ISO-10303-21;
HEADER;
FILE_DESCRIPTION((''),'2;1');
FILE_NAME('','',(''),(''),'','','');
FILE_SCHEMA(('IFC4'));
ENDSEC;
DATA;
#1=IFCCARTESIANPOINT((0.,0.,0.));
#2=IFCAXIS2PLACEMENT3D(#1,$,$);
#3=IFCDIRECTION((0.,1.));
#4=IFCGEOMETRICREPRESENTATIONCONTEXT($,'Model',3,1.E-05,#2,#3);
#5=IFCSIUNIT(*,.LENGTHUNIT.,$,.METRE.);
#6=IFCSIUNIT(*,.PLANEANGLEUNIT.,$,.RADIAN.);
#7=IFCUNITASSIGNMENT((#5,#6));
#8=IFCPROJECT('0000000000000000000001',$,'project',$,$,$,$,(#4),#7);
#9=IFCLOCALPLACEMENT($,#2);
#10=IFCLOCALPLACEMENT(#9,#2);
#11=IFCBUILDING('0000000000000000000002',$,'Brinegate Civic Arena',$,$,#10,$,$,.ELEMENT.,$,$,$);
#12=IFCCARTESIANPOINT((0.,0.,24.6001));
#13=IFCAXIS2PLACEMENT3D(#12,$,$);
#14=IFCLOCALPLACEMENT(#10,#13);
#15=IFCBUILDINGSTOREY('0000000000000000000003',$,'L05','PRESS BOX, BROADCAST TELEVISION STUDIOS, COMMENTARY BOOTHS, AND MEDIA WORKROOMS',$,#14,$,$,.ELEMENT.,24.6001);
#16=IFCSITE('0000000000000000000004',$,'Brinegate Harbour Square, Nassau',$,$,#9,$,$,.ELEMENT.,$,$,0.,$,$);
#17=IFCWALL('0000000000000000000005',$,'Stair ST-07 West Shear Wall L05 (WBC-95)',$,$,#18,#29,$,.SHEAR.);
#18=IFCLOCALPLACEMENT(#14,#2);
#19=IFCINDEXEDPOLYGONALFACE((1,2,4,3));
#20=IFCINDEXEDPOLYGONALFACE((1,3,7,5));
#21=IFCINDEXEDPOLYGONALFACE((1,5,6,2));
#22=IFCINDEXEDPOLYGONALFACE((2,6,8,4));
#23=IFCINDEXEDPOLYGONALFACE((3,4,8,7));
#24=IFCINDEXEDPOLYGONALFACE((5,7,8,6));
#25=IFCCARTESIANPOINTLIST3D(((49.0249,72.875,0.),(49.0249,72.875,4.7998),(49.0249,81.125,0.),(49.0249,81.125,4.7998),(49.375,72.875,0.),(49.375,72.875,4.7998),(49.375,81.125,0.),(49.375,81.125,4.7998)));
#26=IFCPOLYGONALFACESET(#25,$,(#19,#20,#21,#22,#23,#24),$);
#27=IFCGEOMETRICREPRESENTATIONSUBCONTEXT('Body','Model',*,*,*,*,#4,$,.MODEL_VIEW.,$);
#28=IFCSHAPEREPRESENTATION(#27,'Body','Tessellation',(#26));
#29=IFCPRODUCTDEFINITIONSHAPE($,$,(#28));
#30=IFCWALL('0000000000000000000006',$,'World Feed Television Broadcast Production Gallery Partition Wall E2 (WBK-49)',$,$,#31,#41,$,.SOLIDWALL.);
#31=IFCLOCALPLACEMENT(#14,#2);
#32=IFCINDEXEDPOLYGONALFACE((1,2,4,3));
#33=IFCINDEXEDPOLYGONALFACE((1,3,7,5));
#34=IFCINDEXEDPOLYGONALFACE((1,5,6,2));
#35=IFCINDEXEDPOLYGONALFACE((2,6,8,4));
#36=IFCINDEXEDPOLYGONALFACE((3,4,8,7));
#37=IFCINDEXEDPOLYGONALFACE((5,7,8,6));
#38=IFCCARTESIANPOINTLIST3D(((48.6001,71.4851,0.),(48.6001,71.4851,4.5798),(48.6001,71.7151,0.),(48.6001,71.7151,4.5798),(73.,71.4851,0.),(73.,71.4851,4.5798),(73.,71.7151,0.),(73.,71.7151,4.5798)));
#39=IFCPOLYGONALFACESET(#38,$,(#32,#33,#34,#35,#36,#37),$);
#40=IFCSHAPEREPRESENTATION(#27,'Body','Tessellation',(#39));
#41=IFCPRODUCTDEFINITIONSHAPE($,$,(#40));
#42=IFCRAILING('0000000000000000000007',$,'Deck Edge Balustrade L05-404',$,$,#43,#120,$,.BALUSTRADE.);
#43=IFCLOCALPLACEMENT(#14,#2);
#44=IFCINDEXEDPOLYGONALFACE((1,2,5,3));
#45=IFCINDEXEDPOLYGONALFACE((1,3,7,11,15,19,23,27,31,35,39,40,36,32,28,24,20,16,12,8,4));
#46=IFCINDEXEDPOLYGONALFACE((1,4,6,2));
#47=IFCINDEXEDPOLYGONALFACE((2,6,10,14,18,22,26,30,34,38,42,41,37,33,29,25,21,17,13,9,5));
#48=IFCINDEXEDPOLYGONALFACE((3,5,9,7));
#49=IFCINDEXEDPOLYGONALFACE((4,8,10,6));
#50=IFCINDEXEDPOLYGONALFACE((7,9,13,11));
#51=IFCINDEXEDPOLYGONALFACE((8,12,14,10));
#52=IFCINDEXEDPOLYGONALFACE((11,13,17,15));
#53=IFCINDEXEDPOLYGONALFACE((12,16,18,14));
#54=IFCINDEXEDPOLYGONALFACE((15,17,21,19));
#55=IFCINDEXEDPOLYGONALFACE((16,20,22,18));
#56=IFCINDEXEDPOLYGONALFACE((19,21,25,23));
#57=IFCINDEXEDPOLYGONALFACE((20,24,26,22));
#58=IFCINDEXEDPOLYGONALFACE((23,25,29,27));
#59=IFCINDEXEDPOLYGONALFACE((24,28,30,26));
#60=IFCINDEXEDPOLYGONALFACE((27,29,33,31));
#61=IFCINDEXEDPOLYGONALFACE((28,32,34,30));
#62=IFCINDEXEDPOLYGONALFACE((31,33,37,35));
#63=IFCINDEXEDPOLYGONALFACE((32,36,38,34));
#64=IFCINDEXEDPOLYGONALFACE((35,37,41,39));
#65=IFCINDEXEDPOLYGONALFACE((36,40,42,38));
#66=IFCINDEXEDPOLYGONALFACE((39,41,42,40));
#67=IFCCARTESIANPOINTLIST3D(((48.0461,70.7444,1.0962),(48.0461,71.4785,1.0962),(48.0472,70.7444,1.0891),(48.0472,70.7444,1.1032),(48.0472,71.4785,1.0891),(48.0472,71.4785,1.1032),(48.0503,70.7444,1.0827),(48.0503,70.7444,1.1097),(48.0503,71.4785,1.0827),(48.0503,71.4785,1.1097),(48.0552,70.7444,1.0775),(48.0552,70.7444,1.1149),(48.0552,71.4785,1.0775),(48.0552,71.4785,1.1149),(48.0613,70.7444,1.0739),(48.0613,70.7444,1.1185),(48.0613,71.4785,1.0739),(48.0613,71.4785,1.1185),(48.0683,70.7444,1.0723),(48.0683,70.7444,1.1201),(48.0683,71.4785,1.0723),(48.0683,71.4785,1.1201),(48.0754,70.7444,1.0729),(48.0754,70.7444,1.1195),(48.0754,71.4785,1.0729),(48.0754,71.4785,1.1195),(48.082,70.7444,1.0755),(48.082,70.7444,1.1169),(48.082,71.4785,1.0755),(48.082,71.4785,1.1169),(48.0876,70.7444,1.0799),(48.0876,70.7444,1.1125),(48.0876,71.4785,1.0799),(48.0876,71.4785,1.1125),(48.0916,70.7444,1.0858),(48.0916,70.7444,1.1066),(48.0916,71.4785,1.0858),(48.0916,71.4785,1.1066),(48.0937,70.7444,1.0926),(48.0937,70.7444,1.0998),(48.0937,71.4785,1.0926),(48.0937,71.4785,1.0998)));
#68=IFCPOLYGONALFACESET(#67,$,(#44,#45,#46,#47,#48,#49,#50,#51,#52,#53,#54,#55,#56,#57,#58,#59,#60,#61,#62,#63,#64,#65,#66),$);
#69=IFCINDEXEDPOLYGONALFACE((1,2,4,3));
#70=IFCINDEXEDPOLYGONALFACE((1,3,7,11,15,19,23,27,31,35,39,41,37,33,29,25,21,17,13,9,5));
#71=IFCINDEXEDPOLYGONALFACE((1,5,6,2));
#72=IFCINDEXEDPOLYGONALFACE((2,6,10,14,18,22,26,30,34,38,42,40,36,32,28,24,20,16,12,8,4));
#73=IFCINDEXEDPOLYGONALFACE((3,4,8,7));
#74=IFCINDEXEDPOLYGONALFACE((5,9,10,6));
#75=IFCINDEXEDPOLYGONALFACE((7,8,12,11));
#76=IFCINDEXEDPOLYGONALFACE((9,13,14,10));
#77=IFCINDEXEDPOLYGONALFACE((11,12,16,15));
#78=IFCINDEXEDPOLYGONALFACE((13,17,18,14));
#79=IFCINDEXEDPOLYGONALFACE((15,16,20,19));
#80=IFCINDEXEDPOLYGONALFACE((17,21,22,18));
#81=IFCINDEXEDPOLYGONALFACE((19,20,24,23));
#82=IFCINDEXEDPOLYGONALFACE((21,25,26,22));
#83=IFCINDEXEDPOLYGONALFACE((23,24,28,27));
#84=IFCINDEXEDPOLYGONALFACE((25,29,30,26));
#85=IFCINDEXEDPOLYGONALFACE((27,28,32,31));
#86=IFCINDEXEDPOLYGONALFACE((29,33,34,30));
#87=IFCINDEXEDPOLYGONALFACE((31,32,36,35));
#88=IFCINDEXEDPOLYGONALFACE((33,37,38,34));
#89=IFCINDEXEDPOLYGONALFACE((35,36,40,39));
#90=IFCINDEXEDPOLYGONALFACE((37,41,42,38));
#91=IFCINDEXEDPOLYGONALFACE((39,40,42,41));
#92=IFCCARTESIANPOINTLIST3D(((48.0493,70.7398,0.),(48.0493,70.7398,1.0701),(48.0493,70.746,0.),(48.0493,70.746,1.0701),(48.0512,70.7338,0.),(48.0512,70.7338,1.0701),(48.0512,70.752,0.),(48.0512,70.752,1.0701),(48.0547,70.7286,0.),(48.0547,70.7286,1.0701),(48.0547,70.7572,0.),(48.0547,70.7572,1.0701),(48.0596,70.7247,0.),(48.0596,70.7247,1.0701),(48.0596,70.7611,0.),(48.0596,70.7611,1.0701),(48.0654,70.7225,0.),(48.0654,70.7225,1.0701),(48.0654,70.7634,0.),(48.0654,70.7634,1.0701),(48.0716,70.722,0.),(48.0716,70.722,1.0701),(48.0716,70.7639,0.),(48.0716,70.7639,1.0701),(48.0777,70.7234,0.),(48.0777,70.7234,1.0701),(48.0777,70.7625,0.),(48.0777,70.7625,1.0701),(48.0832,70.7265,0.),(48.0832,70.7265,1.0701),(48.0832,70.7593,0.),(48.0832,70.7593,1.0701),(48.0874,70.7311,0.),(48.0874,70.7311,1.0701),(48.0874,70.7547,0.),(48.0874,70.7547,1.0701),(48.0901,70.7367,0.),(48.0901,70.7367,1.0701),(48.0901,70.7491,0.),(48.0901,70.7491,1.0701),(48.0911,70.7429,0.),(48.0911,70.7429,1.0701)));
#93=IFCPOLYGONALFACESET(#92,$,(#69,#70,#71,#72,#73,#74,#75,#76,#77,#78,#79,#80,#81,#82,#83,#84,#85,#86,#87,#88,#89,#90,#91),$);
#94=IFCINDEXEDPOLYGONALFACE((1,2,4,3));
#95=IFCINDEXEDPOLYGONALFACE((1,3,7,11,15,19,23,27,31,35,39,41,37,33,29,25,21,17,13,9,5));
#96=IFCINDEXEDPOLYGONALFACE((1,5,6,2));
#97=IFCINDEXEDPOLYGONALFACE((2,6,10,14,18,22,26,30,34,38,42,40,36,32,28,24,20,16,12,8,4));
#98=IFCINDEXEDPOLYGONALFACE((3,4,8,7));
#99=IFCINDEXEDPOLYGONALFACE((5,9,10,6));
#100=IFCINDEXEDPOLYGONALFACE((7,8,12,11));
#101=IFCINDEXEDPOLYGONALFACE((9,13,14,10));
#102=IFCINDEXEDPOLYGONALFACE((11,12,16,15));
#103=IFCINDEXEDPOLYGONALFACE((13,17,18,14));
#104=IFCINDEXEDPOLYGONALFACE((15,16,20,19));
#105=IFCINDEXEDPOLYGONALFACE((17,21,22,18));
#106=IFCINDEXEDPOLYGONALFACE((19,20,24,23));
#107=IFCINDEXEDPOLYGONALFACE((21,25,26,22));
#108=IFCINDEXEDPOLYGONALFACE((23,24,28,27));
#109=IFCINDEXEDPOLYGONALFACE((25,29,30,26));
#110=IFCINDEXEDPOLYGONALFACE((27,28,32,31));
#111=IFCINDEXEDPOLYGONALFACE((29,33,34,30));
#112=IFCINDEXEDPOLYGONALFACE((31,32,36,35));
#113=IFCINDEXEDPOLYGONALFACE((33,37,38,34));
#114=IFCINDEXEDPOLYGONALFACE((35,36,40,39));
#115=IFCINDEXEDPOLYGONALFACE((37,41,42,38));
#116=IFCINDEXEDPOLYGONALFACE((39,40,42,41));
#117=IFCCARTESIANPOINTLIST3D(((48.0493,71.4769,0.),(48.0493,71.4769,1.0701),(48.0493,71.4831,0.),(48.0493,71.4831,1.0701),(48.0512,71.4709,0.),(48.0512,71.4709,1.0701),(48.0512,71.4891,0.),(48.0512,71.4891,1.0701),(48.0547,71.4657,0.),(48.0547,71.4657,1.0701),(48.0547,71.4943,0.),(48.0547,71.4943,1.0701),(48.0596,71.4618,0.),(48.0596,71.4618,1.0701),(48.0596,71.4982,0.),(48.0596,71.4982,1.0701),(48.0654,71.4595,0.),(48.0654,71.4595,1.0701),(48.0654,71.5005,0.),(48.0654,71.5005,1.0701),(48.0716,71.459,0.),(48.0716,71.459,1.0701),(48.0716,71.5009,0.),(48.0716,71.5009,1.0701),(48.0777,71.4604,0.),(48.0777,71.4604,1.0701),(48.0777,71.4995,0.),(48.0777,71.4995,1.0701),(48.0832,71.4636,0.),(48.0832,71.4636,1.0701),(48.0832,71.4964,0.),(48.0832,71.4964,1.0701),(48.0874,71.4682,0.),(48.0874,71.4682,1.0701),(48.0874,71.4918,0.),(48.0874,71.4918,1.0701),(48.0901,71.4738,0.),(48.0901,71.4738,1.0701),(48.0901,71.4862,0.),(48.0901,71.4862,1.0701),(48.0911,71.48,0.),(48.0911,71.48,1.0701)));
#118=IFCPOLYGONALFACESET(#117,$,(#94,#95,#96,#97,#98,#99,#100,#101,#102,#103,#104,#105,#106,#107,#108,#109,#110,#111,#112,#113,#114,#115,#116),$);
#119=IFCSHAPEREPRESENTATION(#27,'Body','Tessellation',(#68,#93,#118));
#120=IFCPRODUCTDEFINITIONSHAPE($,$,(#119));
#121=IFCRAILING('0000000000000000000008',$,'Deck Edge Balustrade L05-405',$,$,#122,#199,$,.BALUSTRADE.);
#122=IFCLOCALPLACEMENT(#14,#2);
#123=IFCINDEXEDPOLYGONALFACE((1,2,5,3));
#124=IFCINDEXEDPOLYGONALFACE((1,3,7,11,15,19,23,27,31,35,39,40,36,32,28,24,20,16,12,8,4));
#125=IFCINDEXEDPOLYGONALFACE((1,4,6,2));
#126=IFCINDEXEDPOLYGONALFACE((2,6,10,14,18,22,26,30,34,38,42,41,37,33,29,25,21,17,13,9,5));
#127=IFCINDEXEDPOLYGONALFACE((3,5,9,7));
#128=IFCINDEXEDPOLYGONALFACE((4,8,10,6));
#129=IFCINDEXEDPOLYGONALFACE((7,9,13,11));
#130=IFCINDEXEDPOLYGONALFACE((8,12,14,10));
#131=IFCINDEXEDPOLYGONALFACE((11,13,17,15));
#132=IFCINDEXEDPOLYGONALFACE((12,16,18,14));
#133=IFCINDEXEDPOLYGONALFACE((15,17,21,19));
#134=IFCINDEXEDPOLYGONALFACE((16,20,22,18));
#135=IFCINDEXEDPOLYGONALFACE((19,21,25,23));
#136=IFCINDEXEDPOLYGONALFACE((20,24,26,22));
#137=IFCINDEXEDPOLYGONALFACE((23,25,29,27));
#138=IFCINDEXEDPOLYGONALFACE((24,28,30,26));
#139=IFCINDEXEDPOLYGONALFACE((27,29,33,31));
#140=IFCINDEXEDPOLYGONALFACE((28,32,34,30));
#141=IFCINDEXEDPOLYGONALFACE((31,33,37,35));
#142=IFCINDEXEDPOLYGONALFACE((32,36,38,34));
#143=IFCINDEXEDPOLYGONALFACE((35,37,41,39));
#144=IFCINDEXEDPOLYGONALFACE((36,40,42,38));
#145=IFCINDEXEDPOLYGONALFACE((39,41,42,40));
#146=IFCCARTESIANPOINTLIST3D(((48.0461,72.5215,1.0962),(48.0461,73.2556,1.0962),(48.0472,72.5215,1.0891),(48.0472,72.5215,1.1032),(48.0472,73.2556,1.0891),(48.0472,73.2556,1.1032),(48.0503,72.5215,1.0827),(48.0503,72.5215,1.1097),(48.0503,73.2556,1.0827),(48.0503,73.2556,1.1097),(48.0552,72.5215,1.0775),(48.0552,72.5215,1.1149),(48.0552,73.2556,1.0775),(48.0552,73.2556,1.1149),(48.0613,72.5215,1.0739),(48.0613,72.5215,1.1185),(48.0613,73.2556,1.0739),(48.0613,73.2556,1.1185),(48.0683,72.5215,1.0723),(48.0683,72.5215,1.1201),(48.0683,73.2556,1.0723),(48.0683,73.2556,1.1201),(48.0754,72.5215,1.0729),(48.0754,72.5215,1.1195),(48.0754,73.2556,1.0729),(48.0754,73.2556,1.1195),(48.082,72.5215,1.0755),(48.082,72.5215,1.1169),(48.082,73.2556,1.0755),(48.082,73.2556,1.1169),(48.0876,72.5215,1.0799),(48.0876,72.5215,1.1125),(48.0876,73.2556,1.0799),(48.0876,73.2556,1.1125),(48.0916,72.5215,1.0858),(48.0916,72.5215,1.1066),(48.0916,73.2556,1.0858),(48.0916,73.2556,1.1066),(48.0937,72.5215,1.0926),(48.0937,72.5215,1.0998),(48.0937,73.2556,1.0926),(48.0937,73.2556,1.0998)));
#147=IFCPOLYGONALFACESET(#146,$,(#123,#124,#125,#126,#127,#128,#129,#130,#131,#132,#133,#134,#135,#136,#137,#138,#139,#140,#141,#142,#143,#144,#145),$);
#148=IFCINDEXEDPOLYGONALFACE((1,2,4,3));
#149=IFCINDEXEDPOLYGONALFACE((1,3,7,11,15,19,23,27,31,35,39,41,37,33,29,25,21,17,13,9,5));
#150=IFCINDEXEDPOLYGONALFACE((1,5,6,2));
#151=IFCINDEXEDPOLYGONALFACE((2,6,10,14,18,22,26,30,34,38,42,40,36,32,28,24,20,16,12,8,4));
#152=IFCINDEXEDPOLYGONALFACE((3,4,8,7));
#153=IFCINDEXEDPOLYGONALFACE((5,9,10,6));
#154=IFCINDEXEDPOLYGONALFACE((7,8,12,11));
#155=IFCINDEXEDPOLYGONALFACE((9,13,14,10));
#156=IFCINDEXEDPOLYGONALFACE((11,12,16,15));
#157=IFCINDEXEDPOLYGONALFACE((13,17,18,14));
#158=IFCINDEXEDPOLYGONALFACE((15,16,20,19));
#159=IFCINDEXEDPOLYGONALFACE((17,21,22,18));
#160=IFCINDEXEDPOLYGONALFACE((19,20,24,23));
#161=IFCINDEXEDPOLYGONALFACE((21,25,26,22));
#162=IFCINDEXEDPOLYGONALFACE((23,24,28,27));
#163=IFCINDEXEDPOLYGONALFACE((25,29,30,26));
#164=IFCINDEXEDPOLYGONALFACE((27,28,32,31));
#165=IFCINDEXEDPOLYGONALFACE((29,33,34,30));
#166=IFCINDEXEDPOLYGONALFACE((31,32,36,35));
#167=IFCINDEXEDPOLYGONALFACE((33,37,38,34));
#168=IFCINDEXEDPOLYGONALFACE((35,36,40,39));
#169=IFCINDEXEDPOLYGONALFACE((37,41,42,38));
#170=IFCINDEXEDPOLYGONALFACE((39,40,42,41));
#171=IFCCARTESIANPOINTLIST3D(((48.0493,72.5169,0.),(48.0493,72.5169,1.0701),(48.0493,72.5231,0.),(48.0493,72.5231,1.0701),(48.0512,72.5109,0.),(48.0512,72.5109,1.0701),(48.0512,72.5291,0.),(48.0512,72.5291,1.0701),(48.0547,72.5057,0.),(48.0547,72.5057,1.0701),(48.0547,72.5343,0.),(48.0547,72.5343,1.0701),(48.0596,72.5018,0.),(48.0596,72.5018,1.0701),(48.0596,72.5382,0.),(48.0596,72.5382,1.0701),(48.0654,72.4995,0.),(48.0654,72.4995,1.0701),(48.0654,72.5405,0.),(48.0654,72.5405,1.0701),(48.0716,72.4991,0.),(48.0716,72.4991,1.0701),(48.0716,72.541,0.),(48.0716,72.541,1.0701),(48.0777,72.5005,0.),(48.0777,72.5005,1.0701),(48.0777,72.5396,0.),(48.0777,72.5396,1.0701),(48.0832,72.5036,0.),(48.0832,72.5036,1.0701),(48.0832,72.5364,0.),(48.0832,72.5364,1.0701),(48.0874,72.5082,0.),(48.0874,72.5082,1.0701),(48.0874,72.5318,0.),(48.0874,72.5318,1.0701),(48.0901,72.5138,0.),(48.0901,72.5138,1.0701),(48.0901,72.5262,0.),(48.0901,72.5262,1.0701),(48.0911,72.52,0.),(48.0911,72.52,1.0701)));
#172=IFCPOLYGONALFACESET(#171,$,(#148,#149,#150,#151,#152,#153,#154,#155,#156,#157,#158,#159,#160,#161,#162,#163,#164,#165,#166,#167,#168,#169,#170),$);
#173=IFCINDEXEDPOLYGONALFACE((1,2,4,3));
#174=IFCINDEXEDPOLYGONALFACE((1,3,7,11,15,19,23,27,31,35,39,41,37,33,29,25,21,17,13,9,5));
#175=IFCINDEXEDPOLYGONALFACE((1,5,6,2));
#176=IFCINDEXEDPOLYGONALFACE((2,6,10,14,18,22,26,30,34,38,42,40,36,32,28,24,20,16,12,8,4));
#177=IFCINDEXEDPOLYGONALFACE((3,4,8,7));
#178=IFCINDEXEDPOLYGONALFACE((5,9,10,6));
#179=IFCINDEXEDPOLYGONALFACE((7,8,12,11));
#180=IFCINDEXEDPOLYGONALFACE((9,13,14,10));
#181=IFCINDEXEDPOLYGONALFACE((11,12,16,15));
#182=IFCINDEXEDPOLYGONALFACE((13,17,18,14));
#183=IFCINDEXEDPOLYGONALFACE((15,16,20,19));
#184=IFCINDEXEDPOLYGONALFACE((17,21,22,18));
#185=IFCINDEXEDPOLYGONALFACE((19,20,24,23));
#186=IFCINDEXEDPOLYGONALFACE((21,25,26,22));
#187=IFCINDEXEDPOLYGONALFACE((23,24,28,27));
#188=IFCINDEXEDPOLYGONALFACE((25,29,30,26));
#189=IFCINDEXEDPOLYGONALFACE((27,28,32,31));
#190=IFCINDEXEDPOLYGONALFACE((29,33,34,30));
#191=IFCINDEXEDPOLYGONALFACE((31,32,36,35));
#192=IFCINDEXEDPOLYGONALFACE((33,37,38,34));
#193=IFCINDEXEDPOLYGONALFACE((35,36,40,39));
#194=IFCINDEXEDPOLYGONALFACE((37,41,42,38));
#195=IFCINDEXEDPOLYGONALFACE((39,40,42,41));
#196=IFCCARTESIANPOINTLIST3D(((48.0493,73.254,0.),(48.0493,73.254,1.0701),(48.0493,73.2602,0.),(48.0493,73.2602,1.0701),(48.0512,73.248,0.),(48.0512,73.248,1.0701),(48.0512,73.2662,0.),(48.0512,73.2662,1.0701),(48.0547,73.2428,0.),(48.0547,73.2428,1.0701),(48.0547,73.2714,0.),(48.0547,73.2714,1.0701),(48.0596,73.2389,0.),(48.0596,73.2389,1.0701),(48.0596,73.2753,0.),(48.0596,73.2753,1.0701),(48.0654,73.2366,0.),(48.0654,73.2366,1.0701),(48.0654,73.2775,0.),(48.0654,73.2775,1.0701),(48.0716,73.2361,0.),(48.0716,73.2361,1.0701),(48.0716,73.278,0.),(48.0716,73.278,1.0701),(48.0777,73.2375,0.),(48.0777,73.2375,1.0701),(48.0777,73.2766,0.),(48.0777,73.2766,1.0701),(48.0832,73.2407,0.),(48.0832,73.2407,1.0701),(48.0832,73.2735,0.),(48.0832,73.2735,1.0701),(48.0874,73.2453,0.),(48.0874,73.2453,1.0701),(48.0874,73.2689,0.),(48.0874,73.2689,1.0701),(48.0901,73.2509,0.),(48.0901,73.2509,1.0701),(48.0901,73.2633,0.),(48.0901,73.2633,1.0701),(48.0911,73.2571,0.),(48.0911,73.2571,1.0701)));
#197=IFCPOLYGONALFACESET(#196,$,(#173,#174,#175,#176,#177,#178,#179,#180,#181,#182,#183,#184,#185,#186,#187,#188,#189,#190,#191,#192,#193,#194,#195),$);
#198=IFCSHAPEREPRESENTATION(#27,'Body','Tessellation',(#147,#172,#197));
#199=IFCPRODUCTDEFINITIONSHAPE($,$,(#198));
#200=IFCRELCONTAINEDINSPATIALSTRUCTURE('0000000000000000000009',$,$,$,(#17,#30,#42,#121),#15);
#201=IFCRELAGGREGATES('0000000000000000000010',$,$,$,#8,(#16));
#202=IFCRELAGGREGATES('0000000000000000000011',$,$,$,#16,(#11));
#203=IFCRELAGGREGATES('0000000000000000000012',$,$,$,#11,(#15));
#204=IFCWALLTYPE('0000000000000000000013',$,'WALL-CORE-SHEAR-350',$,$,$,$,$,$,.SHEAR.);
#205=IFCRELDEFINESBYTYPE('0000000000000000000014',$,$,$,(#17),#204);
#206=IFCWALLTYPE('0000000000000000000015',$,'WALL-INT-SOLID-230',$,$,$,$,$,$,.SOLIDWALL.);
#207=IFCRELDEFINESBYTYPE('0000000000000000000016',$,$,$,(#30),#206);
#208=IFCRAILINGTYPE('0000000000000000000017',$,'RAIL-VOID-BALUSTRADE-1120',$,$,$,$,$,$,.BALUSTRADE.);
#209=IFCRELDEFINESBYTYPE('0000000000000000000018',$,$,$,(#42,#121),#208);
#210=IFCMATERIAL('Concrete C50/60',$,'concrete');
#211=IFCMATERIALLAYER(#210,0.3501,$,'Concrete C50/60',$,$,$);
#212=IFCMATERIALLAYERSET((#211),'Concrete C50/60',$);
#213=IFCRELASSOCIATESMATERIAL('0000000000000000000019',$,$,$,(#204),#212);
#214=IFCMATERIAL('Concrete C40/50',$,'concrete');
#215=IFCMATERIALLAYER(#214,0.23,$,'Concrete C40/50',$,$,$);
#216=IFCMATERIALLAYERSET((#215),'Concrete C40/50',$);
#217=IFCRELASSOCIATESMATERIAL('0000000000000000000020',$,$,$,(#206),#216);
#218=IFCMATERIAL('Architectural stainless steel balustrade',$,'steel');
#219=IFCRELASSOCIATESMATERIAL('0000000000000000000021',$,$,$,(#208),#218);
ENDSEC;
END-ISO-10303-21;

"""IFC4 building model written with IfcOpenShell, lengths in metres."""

from ifc_helpers import new_model, si_unit, direction, frame, frame_2d, origin, origin_2d, place, context, subcontext, project, spatial, rectangle, circle, extrude, material, layer, layer_set, type_object, element, save


model = new_model("IFC4")

# Units and contexts
model_context = context("Model", 3, precision=1e-05, world=origin(), true_north=direction((0.0, 1.0)))
body_context = subcontext(model_context, "Body", "Model", "MODEL_VIEW")
ifc_project = project(units=[si_unit("LENGTHUNIT", "METRE"), si_unit("PLANEANGLEUNIT", "RADIAN")], contexts=[model_context])

# Site, building, storey
site_placement = place(None, origin())
site = spatial("IfcSite", under=ifc_project, at=site_placement, Name="Brinegate Harbour Square, Nassau", CompositionType="ELEMENT", RefElevation=0.0)
building_placement = place(site_placement, origin())
building = spatial("IfcBuilding", under=site, at=building_placement, Name="Brinegate Civic Arena", CompositionType="ELEMENT")
storey_placement = place(building_placement, frame((0.0, 0.0, 24.6001)))
storey = spatial("IfcBuildingStorey", under=building, at=storey_placement, Name="L05", Description="PRESS BOX, BROADCAST TELEVISION STUDIOS, COMMENTARY BOOTHS, AND MEDIA WORKROOMS", CompositionType="ELEMENT", Elevation=24.6001)

# Shared definitions
ifc_material_1 = material(Name="Concrete C50/60", Category="concrete")

# Walls
ifc_layer_1 = layer(ifc_material_1, 0.3501, Name="Concrete C50/60")
ifc_layer_set_1 = layer_set([ifc_layer_1], Name="Concrete C50/60")
wall_type_1 = type_object("IfcWallType", Name="WALL-CORE-SHEAR-350", PredefinedType="SHEAR", material=ifc_layer_set_1)
wall_1_placement = place(storey_placement, frame((49.2, 72.875, 0.0), z_axis=(0.0, 0.0, 1.0), x_axis=(0.0, 1.0, 0.0)))
element("IfcWall", 1, at=wall_1_placement, inside=storey, type_object=wall_type_1, Name="Stair ST-07 West Shear Wall L05 (WBC-95)", PredefinedType="SHEAR", context=body_context, shape_type="SweptSolid", body=[
    extrude(rectangle(XDim=8.25, YDim=0.3501, at=frame_2d((4.125, 0.0))), origin(), (0.0, 0.0, 1.0), 4.7998),
])
ifc_material_2 = material(Name="Concrete C40/50", Category="concrete")
ifc_layer_2 = layer(ifc_material_2, 0.23, Name="Concrete C40/50")
ifc_layer_set_2 = layer_set([ifc_layer_2], Name="Concrete C40/50")
wall_type_2 = type_object("IfcWallType", Name="WALL-INT-SOLID-230", PredefinedType="SOLIDWALL", material=ifc_layer_set_2)
wall_2_placement = place(storey_placement, frame((48.6001, 71.6001, 0.0), z_axis=(0.0, 0.0, 1.0), x_axis=(1.0, 0.0, 0.0)))
element("IfcWall", 2, at=wall_2_placement, inside=storey, type_object=wall_type_2, Name="World Feed Television Broadcast Production Gallery Partition Wall E2 (WBK-49)", PredefinedType="SOLIDWALL", context=body_context, shape_type="SweptSolid", body=[
    extrude(rectangle(XDim=24.3999, YDim=0.23, at=frame_2d((12.2, 0.0))), origin(), (0.0, 0.0, 1.0), 4.5798),
])

# Railings
ifc_material_3 = material(Name="Architectural stainless steel balustrade", Category="steel")
railing_type = type_object("IfcRailingType", Name="RAIL-VOID-BALUSTRADE-1120", PredefinedType="BALUSTRADE", material=ifc_material_3)
for number, where, name in (
    (3, (48.0701, 70.7429, 0.0), "Deck Edge Balustrade L05-404"),
    (4, (48.0701, 72.52, 0.0), "Deck Edge Balustrade L05-405"),
):
    element("IfcRailing", number, at=place(storey_placement, frame(where)), inside=storey, type_object=railing_type, Name=name, PredefinedType="BALUSTRADE", context=body_context, shape_type="SweptSolid", body=[
        extrude(circle(Radius=0.0239, at=origin_2d()), frame((0.0, 0.0015, 1.0962), z_axis=(0.0, 1.0, 0.0), x_axis=(-1.0, 0.0, 0.0)), (0.0, 0.0, 1.0), 0.7341),
        extrude(circle(Radius=0.021, at=origin_2d()), origin(), (0.0, 0.0, 1.0), 1.0701),
        extrude(circle(Radius=0.021, at=origin_2d()), frame((0.0, 0.7371, 0.0)), (0.0, 0.0, 1.0), 1.0701),
    ])

save(model, "model.ifc")
